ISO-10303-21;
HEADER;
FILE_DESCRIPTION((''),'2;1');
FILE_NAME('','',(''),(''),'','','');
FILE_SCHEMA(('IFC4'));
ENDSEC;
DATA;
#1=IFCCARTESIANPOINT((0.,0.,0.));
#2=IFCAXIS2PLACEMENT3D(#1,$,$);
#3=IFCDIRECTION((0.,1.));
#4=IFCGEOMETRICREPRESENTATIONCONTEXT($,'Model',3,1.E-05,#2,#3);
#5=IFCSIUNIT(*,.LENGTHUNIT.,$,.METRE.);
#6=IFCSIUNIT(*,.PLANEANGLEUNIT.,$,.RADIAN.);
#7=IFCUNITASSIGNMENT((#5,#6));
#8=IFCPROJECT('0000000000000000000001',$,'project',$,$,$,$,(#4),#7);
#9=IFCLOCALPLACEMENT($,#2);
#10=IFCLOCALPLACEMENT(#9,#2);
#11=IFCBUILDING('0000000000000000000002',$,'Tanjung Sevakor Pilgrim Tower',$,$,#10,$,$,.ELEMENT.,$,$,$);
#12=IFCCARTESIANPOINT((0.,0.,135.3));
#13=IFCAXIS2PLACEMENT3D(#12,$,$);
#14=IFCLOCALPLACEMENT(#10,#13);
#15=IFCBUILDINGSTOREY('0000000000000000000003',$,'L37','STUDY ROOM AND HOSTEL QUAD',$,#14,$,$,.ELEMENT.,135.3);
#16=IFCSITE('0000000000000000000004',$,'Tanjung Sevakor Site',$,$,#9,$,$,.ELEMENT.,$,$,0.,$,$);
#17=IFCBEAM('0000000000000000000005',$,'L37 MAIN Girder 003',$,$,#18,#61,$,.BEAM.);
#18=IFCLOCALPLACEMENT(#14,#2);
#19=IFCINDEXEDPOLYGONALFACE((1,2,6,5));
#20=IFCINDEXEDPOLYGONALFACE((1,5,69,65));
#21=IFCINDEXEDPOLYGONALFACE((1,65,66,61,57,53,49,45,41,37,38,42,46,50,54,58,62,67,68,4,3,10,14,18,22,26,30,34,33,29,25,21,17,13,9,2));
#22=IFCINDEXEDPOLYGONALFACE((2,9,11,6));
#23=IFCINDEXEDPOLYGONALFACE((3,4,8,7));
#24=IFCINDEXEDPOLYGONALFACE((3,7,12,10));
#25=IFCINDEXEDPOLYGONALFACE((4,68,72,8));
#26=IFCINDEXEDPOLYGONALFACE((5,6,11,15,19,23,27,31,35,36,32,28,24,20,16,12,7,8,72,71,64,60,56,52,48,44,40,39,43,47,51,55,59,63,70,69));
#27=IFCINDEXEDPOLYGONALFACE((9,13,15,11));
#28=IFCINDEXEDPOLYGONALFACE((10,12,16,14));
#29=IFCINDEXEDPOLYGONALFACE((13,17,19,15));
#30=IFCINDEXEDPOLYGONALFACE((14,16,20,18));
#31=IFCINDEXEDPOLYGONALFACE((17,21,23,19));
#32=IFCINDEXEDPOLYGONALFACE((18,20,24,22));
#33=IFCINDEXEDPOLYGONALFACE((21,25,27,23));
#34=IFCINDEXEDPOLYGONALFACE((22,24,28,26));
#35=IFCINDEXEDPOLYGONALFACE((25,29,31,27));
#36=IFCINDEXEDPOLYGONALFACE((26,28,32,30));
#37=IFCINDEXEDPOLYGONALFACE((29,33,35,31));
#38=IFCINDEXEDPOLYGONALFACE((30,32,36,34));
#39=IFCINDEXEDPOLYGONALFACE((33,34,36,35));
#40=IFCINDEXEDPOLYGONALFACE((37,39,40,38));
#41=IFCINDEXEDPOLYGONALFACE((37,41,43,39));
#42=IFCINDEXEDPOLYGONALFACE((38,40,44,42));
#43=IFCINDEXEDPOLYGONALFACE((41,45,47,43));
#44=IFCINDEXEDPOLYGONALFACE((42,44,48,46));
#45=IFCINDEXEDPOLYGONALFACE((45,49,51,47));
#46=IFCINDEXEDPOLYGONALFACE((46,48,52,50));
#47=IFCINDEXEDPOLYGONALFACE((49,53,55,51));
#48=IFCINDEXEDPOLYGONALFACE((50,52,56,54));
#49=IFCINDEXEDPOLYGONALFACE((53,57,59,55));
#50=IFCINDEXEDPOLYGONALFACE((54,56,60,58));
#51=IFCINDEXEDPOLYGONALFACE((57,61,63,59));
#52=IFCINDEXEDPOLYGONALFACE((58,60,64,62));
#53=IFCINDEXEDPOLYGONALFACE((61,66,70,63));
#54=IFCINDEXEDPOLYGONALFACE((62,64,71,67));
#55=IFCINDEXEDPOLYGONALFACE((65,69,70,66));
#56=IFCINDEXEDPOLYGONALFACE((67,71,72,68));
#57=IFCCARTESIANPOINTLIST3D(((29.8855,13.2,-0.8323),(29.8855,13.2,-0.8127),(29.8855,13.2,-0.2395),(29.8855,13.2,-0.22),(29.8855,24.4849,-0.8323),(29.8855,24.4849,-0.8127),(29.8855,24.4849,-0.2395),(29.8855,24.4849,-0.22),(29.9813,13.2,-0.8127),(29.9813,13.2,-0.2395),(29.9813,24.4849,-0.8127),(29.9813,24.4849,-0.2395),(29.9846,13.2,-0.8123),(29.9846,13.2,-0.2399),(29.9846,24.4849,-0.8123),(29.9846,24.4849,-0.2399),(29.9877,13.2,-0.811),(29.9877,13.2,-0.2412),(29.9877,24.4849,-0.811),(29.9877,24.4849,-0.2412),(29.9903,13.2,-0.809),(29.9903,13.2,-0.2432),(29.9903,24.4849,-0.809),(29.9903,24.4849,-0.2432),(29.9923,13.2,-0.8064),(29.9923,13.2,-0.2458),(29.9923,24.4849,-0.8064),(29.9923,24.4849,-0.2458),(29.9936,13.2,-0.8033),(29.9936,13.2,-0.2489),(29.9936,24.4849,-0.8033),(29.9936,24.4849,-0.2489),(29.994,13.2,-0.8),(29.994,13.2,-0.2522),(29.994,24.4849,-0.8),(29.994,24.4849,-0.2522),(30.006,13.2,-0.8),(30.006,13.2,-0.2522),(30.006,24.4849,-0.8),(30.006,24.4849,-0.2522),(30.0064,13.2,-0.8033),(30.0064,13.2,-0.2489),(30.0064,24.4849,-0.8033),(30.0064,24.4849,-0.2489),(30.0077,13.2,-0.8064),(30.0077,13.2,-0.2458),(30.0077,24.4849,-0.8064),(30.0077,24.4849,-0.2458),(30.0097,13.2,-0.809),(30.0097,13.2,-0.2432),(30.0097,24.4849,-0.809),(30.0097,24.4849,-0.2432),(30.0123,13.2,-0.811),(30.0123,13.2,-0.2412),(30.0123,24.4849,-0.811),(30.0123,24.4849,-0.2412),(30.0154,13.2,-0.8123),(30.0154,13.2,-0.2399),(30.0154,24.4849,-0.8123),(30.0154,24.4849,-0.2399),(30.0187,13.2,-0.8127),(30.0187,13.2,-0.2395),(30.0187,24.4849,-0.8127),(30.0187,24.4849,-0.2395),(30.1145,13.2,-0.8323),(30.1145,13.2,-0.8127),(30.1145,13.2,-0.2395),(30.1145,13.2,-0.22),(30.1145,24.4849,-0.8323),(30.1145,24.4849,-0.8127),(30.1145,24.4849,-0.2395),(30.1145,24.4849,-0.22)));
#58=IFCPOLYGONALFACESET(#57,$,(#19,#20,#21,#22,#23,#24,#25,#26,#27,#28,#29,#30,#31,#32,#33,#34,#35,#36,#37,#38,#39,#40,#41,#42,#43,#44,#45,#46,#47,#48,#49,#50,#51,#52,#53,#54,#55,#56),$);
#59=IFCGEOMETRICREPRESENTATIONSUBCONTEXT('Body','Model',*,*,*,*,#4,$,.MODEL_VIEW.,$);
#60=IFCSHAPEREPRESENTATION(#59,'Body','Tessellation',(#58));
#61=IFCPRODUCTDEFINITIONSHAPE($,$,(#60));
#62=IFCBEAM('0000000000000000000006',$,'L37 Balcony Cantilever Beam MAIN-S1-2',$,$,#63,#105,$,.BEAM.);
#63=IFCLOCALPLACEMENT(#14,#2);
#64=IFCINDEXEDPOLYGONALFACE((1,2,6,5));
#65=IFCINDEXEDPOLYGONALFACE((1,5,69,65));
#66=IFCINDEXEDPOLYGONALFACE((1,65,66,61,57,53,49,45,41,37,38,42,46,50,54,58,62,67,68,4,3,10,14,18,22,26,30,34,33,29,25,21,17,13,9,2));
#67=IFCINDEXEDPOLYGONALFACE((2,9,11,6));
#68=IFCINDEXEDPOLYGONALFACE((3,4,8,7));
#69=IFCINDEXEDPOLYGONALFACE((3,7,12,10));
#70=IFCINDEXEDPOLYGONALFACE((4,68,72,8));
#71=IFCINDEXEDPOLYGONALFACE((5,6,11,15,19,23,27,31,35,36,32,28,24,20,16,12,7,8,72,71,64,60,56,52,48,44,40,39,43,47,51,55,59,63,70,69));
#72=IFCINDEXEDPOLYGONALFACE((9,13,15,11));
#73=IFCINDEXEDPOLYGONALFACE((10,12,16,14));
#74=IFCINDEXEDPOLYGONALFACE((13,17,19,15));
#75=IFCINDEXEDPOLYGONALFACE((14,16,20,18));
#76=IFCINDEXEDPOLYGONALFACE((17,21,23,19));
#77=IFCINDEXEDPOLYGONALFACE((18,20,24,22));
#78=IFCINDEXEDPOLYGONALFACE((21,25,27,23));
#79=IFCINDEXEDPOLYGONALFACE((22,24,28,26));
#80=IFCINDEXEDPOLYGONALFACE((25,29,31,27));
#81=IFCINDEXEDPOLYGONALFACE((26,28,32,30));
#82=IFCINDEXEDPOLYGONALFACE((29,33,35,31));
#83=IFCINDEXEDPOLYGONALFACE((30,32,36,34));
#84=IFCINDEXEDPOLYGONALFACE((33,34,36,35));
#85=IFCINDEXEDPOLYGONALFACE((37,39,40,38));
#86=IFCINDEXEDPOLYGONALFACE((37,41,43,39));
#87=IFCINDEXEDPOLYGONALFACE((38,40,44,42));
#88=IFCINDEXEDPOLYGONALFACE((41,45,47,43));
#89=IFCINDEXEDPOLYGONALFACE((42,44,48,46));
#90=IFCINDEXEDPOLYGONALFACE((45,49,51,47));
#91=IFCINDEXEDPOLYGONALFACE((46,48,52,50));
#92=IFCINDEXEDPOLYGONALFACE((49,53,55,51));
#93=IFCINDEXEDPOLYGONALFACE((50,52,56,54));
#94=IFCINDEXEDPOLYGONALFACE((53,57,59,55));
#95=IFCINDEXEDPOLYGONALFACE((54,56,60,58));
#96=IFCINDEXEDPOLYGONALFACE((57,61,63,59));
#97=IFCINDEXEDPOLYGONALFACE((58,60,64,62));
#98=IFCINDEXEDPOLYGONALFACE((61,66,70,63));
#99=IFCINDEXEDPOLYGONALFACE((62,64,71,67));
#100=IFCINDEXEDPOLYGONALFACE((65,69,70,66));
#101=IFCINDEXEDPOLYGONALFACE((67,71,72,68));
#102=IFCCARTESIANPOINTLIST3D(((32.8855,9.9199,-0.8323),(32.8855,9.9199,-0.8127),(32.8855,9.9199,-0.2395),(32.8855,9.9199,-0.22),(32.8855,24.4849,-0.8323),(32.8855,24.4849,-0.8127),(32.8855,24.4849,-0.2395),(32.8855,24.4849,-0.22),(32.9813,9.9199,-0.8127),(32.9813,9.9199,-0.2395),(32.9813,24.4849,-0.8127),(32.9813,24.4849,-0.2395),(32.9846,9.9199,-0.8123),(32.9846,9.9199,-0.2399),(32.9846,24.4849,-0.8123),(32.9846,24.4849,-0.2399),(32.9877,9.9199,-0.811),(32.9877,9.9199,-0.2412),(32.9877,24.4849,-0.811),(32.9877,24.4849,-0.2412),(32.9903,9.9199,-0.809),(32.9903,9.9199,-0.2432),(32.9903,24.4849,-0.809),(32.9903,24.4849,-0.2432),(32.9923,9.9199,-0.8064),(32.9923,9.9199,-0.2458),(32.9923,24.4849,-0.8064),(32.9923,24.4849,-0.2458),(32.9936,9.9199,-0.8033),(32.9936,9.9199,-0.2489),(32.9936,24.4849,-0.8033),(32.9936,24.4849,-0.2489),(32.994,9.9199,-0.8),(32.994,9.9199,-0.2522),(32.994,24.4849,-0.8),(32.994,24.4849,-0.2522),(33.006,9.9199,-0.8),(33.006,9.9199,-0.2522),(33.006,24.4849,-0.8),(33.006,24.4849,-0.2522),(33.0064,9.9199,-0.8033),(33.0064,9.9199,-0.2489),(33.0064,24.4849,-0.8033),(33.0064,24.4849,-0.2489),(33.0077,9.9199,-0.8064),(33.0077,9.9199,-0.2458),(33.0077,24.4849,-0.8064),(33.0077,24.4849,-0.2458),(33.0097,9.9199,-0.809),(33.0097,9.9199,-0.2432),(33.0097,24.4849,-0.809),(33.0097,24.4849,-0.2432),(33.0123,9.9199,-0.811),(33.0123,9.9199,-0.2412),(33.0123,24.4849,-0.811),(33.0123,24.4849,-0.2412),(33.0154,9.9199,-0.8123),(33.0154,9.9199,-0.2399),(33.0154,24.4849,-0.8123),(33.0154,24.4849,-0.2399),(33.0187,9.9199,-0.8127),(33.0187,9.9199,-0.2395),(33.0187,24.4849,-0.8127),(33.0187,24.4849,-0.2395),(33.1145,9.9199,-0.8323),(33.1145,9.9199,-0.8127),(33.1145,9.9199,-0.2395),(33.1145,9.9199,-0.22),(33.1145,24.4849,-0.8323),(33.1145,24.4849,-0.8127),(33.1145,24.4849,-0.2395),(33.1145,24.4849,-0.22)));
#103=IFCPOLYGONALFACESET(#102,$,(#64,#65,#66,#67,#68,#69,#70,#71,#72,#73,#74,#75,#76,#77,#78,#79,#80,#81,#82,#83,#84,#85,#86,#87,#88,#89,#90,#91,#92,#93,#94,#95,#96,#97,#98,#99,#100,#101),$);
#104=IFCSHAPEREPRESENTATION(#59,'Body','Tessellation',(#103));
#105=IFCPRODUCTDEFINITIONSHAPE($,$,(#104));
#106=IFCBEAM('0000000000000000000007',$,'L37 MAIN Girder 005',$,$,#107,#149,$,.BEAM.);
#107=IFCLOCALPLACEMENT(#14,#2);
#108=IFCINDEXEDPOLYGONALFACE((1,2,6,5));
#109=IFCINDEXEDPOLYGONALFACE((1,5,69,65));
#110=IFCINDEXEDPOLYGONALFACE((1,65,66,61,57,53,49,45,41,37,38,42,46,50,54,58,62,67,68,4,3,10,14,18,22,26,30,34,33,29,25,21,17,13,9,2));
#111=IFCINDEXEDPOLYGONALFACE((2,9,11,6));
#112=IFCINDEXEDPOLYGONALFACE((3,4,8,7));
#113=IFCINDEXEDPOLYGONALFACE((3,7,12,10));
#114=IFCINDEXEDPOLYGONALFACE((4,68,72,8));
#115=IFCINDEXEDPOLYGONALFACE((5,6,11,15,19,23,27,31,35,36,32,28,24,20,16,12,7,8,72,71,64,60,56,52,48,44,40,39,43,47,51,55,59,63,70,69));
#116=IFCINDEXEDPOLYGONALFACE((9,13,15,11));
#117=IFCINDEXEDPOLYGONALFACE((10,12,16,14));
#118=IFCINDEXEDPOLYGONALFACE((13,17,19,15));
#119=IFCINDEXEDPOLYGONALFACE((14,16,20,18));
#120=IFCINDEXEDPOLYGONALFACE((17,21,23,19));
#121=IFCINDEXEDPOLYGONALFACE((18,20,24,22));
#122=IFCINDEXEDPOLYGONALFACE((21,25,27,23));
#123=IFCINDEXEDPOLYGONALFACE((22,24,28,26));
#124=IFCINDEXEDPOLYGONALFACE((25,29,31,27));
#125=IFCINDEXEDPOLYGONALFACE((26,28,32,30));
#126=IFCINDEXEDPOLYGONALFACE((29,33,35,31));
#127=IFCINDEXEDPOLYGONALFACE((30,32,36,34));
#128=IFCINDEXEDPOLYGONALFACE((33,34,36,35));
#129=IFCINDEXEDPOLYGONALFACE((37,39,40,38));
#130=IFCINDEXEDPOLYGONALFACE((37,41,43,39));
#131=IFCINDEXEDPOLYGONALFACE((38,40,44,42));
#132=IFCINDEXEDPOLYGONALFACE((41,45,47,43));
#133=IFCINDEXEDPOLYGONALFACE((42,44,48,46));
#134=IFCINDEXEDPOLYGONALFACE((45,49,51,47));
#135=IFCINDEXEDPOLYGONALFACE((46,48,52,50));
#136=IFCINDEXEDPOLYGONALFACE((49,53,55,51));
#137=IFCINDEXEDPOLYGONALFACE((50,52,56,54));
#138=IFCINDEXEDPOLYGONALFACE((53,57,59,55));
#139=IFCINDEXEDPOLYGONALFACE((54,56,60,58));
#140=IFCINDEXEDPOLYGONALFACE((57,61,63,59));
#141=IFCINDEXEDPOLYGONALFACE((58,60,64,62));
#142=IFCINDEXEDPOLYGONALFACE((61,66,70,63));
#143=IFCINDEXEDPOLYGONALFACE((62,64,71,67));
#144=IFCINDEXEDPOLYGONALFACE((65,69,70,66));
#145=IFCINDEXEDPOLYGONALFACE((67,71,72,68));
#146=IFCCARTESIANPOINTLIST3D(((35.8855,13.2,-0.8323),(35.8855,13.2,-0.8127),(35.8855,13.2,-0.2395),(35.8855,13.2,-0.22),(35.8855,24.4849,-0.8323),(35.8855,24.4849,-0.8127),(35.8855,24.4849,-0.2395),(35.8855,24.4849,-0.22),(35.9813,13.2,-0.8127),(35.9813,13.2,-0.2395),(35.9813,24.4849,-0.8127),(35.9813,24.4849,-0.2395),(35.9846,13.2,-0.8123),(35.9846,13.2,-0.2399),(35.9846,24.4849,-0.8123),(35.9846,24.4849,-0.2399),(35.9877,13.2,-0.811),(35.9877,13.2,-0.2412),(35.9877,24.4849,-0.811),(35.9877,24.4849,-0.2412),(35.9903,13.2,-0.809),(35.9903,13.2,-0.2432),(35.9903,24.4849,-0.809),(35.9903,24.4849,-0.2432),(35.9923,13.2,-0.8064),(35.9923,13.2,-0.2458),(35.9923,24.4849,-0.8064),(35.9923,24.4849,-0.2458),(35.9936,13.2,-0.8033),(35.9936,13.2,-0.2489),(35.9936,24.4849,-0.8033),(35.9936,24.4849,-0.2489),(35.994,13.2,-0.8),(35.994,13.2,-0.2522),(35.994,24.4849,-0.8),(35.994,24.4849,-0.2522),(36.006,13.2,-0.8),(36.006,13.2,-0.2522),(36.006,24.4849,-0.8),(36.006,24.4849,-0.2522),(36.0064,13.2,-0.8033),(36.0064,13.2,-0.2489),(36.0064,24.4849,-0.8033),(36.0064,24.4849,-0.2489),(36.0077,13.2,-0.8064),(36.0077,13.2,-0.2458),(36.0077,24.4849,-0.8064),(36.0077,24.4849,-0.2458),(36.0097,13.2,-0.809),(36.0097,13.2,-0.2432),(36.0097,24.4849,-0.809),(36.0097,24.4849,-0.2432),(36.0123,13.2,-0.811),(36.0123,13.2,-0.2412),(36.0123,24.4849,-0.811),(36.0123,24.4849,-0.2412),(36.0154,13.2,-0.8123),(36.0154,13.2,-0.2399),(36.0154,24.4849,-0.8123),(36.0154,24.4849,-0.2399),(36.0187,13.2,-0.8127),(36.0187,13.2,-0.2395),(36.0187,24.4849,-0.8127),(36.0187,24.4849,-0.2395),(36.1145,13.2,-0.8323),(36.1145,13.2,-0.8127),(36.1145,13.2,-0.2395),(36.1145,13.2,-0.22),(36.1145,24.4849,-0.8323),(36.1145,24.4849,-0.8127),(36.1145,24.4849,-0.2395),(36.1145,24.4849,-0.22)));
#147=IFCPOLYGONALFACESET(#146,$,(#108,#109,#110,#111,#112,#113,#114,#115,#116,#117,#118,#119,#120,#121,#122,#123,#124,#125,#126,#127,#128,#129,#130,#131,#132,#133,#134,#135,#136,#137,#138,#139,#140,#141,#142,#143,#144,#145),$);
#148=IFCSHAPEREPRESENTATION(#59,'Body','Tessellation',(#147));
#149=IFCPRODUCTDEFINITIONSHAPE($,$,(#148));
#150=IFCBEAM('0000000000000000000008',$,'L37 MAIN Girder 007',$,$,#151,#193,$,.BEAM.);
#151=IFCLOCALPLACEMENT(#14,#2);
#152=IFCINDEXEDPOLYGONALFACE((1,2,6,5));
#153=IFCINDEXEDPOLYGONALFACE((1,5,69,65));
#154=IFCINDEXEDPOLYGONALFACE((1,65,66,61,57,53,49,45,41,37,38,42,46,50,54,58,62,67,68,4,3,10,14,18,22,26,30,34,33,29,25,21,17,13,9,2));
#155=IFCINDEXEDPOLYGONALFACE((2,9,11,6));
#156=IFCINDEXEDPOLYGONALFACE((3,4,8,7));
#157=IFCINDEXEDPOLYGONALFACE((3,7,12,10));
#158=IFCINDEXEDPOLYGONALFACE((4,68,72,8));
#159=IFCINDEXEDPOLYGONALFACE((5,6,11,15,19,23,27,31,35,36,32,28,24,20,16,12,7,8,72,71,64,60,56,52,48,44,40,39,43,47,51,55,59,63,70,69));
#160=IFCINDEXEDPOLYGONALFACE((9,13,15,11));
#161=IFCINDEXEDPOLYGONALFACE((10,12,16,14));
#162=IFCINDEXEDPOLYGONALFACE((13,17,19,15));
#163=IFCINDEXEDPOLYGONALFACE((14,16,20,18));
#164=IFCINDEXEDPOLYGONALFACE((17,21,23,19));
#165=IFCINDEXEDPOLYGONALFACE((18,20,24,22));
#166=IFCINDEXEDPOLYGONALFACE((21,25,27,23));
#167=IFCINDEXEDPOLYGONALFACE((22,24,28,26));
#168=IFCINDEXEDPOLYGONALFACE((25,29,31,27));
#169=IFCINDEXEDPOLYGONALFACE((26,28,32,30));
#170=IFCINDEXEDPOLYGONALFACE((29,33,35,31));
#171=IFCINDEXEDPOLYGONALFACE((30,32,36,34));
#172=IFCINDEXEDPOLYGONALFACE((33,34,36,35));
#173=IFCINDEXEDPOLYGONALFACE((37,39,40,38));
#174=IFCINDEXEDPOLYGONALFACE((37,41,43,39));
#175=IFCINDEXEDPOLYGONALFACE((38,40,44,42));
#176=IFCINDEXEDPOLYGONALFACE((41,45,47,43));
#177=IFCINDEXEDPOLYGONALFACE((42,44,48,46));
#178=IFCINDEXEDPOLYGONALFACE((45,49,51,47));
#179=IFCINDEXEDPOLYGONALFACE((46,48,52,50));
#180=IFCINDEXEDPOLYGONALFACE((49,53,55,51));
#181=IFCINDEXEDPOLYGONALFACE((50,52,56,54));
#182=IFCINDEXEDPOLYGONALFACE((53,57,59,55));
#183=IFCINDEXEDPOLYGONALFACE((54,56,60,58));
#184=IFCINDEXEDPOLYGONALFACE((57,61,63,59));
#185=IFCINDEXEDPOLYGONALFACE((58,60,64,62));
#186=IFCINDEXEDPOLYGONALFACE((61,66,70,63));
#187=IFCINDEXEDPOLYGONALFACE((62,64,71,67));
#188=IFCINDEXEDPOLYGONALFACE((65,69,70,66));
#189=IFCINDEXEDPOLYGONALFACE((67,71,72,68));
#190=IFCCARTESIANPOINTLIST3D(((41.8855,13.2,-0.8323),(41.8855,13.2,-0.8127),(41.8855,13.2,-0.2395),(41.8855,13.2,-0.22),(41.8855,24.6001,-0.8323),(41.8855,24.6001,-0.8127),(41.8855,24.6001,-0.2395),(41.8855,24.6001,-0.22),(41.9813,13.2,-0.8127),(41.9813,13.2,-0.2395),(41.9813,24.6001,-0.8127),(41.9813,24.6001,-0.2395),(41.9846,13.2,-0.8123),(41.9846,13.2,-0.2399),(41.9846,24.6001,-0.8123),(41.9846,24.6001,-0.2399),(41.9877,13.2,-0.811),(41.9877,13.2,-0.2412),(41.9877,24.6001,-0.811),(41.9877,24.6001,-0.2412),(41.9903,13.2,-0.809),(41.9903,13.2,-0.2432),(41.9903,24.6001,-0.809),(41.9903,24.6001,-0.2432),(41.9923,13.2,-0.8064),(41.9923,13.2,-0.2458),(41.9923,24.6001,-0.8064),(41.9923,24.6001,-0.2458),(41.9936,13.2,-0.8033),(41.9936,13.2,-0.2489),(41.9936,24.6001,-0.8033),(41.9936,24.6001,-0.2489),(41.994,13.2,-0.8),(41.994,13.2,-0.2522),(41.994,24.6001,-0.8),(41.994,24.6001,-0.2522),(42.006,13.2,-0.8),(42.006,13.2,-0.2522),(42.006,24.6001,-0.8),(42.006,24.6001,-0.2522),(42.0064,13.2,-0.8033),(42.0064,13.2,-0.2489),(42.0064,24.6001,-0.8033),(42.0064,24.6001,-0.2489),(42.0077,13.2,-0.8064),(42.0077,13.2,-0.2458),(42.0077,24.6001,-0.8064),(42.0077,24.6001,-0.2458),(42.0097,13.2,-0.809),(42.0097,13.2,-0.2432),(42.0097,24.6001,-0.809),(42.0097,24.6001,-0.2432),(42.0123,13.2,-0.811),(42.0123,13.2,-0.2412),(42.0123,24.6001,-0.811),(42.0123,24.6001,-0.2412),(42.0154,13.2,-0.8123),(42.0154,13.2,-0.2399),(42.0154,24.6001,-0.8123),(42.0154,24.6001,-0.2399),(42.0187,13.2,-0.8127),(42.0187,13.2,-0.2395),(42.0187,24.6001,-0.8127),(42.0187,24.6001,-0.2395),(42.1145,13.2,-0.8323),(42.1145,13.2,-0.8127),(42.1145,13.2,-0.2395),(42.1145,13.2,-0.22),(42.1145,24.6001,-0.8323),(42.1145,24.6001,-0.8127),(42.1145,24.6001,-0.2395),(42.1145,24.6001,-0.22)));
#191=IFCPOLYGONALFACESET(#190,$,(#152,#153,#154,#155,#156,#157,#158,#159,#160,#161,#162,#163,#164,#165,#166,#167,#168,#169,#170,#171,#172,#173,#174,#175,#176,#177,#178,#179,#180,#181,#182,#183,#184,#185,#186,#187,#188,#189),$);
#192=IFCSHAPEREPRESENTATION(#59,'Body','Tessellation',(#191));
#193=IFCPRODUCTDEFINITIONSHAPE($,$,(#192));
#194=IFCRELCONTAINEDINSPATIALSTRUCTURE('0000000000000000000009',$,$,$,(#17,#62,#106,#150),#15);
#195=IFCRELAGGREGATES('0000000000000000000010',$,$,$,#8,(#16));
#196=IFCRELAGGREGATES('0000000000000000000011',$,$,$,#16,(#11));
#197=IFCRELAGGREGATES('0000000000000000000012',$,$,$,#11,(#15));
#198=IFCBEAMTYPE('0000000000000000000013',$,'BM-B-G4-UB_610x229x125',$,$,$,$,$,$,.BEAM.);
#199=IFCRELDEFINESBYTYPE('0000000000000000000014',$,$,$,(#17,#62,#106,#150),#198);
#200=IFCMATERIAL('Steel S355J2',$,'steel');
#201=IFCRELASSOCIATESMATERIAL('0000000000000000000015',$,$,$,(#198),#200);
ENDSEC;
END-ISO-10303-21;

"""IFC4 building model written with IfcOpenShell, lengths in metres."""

from ifc_helpers import new_model, si_unit, direction, frame, origin, origin_2d, place, context, subcontext, project, spatial, i_section, extrude, material, material_profile, profile_set, type_object, element, save


model = new_model("IFC4")

# Units and contexts
model_context = context("Model", 3, precision=1e-05, world=origin(), true_north=direction((0.0, 1.0)))
body_context = subcontext(model_context, "Body", "Model", "MODEL_VIEW")
ifc_project = project(units=[si_unit("LENGTHUNIT", "METRE"), si_unit("PLANEANGLEUNIT", "RADIAN")], contexts=[model_context])

# Site, building, storey
site_placement = place(None, origin())
site = spatial("IfcSite", under=ifc_project, at=site_placement, Name="Tanjung Sevakor Site", CompositionType="ELEMENT", RefElevation=0.0)
building_placement = place(site_placement, origin())
building = spatial("IfcBuilding", under=site, at=building_placement, Name="Tanjung Sevakor Pilgrim Tower", CompositionType="ELEMENT")
storey_placement = place(building_placement, frame((0.0, 0.0, 135.3)))
storey = spatial("IfcBuildingStorey", under=building, at=storey_placement, Name="L37", Description="STUDY ROOM AND HOSTEL QUAD", CompositionType="ELEMENT", Elevation=135.3)

# Beams
ifc_material_1 = material(Name="Steel S355J2", Category="steel")
ifc_material_profile_1 = material_profile(ifc_material_1, i_section(OverallWidth=0.229, OverallDepth=0.6123, WebThickness=0.012, FlangeThickness=0.0195, FilletRadius=0.0127, at=origin_2d()))
ifc_profile_set_1 = profile_set([ifc_material_profile_1], Name="Steel S355J2")
beam_type_1 = type_object("IfcBeamType", Name="BM-B-G4-UB_610x229x125", PredefinedType="BEAM", material=ifc_profile_set_1)
beam_1_placement = place(storey_placement, frame((30.0, 13.2, -0.5261), z_axis=(0.0, 1.0, 0.0), x_axis=(-1.0, 0.0, 0.0)))
element("IfcBeam", 1, at=beam_1_placement, inside=storey, type_object=beam_type_1, Name="L37 MAIN Girder 003", PredefinedType="BEAM", context=body_context, shape_type="SweptSolid", body=[
    extrude(i_section(OverallWidth=0.229, OverallDepth=0.6123, WebThickness=0.012, FlangeThickness=0.0195, FilletRadius=0.0127, at=origin_2d()), origin(), (0.0, 0.0, 1.0), 11.2849),
])
beam_2_placement = place(storey_placement, frame((33.0, 24.4849, -0.5261), z_axis=(0.0, -1.0, 0.0), x_axis=(1.0, 0.0, 0.0)))
element("IfcBeam", 2, at=beam_2_placement, inside=storey, type_object=beam_type_1, Name="L37 Balcony Cantilever Beam MAIN-S1-2", PredefinedType="BEAM", context=body_context, shape_type="SweptSolid", body=[
    extrude(i_section(OverallWidth=0.229, OverallDepth=0.6123, WebThickness=0.012, FlangeThickness=0.0195, FilletRadius=0.0127, at=origin_2d()), origin(), (0.0, 0.0, 1.0), 14.5649),
])
beam_3_placement = place(storey_placement, frame((36.0, 13.2, -0.5261), z_axis=(0.0, 1.0, 0.0), x_axis=(-1.0, 0.0, 0.0)))
element("IfcBeam", 3, at=beam_3_placement, inside=storey, type_object=beam_type_1, Name="L37 MAIN Girder 005", PredefinedType="BEAM", context=body_context, shape_type="SweptSolid", body=[
    extrude(i_section(OverallWidth=0.229, OverallDepth=0.6123, WebThickness=0.012, FlangeThickness=0.0195, FilletRadius=0.0127, at=origin_2d()), origin(), (0.0, 0.0, 1.0), 11.2849),
])
beam_4_placement = place(storey_placement, frame((42.0, 13.2, -0.5261), z_axis=(0.0, 1.0, 0.0), x_axis=(-1.0, 0.0, 0.0)))
element("IfcBeam", 4, at=beam_4_placement, inside=storey, type_object=beam_type_1, Name="L37 MAIN Girder 007", PredefinedType="BEAM", context=body_context, shape_type="SweptSolid", body=[
    extrude(i_section(OverallWidth=0.229, OverallDepth=0.6123, WebThickness=0.012, FlangeThickness=0.0195, FilletRadius=0.0127, at=origin_2d()), origin(), (0.0, 0.0, 1.0), 11.4001),
])

save(model, "model.ifc")
